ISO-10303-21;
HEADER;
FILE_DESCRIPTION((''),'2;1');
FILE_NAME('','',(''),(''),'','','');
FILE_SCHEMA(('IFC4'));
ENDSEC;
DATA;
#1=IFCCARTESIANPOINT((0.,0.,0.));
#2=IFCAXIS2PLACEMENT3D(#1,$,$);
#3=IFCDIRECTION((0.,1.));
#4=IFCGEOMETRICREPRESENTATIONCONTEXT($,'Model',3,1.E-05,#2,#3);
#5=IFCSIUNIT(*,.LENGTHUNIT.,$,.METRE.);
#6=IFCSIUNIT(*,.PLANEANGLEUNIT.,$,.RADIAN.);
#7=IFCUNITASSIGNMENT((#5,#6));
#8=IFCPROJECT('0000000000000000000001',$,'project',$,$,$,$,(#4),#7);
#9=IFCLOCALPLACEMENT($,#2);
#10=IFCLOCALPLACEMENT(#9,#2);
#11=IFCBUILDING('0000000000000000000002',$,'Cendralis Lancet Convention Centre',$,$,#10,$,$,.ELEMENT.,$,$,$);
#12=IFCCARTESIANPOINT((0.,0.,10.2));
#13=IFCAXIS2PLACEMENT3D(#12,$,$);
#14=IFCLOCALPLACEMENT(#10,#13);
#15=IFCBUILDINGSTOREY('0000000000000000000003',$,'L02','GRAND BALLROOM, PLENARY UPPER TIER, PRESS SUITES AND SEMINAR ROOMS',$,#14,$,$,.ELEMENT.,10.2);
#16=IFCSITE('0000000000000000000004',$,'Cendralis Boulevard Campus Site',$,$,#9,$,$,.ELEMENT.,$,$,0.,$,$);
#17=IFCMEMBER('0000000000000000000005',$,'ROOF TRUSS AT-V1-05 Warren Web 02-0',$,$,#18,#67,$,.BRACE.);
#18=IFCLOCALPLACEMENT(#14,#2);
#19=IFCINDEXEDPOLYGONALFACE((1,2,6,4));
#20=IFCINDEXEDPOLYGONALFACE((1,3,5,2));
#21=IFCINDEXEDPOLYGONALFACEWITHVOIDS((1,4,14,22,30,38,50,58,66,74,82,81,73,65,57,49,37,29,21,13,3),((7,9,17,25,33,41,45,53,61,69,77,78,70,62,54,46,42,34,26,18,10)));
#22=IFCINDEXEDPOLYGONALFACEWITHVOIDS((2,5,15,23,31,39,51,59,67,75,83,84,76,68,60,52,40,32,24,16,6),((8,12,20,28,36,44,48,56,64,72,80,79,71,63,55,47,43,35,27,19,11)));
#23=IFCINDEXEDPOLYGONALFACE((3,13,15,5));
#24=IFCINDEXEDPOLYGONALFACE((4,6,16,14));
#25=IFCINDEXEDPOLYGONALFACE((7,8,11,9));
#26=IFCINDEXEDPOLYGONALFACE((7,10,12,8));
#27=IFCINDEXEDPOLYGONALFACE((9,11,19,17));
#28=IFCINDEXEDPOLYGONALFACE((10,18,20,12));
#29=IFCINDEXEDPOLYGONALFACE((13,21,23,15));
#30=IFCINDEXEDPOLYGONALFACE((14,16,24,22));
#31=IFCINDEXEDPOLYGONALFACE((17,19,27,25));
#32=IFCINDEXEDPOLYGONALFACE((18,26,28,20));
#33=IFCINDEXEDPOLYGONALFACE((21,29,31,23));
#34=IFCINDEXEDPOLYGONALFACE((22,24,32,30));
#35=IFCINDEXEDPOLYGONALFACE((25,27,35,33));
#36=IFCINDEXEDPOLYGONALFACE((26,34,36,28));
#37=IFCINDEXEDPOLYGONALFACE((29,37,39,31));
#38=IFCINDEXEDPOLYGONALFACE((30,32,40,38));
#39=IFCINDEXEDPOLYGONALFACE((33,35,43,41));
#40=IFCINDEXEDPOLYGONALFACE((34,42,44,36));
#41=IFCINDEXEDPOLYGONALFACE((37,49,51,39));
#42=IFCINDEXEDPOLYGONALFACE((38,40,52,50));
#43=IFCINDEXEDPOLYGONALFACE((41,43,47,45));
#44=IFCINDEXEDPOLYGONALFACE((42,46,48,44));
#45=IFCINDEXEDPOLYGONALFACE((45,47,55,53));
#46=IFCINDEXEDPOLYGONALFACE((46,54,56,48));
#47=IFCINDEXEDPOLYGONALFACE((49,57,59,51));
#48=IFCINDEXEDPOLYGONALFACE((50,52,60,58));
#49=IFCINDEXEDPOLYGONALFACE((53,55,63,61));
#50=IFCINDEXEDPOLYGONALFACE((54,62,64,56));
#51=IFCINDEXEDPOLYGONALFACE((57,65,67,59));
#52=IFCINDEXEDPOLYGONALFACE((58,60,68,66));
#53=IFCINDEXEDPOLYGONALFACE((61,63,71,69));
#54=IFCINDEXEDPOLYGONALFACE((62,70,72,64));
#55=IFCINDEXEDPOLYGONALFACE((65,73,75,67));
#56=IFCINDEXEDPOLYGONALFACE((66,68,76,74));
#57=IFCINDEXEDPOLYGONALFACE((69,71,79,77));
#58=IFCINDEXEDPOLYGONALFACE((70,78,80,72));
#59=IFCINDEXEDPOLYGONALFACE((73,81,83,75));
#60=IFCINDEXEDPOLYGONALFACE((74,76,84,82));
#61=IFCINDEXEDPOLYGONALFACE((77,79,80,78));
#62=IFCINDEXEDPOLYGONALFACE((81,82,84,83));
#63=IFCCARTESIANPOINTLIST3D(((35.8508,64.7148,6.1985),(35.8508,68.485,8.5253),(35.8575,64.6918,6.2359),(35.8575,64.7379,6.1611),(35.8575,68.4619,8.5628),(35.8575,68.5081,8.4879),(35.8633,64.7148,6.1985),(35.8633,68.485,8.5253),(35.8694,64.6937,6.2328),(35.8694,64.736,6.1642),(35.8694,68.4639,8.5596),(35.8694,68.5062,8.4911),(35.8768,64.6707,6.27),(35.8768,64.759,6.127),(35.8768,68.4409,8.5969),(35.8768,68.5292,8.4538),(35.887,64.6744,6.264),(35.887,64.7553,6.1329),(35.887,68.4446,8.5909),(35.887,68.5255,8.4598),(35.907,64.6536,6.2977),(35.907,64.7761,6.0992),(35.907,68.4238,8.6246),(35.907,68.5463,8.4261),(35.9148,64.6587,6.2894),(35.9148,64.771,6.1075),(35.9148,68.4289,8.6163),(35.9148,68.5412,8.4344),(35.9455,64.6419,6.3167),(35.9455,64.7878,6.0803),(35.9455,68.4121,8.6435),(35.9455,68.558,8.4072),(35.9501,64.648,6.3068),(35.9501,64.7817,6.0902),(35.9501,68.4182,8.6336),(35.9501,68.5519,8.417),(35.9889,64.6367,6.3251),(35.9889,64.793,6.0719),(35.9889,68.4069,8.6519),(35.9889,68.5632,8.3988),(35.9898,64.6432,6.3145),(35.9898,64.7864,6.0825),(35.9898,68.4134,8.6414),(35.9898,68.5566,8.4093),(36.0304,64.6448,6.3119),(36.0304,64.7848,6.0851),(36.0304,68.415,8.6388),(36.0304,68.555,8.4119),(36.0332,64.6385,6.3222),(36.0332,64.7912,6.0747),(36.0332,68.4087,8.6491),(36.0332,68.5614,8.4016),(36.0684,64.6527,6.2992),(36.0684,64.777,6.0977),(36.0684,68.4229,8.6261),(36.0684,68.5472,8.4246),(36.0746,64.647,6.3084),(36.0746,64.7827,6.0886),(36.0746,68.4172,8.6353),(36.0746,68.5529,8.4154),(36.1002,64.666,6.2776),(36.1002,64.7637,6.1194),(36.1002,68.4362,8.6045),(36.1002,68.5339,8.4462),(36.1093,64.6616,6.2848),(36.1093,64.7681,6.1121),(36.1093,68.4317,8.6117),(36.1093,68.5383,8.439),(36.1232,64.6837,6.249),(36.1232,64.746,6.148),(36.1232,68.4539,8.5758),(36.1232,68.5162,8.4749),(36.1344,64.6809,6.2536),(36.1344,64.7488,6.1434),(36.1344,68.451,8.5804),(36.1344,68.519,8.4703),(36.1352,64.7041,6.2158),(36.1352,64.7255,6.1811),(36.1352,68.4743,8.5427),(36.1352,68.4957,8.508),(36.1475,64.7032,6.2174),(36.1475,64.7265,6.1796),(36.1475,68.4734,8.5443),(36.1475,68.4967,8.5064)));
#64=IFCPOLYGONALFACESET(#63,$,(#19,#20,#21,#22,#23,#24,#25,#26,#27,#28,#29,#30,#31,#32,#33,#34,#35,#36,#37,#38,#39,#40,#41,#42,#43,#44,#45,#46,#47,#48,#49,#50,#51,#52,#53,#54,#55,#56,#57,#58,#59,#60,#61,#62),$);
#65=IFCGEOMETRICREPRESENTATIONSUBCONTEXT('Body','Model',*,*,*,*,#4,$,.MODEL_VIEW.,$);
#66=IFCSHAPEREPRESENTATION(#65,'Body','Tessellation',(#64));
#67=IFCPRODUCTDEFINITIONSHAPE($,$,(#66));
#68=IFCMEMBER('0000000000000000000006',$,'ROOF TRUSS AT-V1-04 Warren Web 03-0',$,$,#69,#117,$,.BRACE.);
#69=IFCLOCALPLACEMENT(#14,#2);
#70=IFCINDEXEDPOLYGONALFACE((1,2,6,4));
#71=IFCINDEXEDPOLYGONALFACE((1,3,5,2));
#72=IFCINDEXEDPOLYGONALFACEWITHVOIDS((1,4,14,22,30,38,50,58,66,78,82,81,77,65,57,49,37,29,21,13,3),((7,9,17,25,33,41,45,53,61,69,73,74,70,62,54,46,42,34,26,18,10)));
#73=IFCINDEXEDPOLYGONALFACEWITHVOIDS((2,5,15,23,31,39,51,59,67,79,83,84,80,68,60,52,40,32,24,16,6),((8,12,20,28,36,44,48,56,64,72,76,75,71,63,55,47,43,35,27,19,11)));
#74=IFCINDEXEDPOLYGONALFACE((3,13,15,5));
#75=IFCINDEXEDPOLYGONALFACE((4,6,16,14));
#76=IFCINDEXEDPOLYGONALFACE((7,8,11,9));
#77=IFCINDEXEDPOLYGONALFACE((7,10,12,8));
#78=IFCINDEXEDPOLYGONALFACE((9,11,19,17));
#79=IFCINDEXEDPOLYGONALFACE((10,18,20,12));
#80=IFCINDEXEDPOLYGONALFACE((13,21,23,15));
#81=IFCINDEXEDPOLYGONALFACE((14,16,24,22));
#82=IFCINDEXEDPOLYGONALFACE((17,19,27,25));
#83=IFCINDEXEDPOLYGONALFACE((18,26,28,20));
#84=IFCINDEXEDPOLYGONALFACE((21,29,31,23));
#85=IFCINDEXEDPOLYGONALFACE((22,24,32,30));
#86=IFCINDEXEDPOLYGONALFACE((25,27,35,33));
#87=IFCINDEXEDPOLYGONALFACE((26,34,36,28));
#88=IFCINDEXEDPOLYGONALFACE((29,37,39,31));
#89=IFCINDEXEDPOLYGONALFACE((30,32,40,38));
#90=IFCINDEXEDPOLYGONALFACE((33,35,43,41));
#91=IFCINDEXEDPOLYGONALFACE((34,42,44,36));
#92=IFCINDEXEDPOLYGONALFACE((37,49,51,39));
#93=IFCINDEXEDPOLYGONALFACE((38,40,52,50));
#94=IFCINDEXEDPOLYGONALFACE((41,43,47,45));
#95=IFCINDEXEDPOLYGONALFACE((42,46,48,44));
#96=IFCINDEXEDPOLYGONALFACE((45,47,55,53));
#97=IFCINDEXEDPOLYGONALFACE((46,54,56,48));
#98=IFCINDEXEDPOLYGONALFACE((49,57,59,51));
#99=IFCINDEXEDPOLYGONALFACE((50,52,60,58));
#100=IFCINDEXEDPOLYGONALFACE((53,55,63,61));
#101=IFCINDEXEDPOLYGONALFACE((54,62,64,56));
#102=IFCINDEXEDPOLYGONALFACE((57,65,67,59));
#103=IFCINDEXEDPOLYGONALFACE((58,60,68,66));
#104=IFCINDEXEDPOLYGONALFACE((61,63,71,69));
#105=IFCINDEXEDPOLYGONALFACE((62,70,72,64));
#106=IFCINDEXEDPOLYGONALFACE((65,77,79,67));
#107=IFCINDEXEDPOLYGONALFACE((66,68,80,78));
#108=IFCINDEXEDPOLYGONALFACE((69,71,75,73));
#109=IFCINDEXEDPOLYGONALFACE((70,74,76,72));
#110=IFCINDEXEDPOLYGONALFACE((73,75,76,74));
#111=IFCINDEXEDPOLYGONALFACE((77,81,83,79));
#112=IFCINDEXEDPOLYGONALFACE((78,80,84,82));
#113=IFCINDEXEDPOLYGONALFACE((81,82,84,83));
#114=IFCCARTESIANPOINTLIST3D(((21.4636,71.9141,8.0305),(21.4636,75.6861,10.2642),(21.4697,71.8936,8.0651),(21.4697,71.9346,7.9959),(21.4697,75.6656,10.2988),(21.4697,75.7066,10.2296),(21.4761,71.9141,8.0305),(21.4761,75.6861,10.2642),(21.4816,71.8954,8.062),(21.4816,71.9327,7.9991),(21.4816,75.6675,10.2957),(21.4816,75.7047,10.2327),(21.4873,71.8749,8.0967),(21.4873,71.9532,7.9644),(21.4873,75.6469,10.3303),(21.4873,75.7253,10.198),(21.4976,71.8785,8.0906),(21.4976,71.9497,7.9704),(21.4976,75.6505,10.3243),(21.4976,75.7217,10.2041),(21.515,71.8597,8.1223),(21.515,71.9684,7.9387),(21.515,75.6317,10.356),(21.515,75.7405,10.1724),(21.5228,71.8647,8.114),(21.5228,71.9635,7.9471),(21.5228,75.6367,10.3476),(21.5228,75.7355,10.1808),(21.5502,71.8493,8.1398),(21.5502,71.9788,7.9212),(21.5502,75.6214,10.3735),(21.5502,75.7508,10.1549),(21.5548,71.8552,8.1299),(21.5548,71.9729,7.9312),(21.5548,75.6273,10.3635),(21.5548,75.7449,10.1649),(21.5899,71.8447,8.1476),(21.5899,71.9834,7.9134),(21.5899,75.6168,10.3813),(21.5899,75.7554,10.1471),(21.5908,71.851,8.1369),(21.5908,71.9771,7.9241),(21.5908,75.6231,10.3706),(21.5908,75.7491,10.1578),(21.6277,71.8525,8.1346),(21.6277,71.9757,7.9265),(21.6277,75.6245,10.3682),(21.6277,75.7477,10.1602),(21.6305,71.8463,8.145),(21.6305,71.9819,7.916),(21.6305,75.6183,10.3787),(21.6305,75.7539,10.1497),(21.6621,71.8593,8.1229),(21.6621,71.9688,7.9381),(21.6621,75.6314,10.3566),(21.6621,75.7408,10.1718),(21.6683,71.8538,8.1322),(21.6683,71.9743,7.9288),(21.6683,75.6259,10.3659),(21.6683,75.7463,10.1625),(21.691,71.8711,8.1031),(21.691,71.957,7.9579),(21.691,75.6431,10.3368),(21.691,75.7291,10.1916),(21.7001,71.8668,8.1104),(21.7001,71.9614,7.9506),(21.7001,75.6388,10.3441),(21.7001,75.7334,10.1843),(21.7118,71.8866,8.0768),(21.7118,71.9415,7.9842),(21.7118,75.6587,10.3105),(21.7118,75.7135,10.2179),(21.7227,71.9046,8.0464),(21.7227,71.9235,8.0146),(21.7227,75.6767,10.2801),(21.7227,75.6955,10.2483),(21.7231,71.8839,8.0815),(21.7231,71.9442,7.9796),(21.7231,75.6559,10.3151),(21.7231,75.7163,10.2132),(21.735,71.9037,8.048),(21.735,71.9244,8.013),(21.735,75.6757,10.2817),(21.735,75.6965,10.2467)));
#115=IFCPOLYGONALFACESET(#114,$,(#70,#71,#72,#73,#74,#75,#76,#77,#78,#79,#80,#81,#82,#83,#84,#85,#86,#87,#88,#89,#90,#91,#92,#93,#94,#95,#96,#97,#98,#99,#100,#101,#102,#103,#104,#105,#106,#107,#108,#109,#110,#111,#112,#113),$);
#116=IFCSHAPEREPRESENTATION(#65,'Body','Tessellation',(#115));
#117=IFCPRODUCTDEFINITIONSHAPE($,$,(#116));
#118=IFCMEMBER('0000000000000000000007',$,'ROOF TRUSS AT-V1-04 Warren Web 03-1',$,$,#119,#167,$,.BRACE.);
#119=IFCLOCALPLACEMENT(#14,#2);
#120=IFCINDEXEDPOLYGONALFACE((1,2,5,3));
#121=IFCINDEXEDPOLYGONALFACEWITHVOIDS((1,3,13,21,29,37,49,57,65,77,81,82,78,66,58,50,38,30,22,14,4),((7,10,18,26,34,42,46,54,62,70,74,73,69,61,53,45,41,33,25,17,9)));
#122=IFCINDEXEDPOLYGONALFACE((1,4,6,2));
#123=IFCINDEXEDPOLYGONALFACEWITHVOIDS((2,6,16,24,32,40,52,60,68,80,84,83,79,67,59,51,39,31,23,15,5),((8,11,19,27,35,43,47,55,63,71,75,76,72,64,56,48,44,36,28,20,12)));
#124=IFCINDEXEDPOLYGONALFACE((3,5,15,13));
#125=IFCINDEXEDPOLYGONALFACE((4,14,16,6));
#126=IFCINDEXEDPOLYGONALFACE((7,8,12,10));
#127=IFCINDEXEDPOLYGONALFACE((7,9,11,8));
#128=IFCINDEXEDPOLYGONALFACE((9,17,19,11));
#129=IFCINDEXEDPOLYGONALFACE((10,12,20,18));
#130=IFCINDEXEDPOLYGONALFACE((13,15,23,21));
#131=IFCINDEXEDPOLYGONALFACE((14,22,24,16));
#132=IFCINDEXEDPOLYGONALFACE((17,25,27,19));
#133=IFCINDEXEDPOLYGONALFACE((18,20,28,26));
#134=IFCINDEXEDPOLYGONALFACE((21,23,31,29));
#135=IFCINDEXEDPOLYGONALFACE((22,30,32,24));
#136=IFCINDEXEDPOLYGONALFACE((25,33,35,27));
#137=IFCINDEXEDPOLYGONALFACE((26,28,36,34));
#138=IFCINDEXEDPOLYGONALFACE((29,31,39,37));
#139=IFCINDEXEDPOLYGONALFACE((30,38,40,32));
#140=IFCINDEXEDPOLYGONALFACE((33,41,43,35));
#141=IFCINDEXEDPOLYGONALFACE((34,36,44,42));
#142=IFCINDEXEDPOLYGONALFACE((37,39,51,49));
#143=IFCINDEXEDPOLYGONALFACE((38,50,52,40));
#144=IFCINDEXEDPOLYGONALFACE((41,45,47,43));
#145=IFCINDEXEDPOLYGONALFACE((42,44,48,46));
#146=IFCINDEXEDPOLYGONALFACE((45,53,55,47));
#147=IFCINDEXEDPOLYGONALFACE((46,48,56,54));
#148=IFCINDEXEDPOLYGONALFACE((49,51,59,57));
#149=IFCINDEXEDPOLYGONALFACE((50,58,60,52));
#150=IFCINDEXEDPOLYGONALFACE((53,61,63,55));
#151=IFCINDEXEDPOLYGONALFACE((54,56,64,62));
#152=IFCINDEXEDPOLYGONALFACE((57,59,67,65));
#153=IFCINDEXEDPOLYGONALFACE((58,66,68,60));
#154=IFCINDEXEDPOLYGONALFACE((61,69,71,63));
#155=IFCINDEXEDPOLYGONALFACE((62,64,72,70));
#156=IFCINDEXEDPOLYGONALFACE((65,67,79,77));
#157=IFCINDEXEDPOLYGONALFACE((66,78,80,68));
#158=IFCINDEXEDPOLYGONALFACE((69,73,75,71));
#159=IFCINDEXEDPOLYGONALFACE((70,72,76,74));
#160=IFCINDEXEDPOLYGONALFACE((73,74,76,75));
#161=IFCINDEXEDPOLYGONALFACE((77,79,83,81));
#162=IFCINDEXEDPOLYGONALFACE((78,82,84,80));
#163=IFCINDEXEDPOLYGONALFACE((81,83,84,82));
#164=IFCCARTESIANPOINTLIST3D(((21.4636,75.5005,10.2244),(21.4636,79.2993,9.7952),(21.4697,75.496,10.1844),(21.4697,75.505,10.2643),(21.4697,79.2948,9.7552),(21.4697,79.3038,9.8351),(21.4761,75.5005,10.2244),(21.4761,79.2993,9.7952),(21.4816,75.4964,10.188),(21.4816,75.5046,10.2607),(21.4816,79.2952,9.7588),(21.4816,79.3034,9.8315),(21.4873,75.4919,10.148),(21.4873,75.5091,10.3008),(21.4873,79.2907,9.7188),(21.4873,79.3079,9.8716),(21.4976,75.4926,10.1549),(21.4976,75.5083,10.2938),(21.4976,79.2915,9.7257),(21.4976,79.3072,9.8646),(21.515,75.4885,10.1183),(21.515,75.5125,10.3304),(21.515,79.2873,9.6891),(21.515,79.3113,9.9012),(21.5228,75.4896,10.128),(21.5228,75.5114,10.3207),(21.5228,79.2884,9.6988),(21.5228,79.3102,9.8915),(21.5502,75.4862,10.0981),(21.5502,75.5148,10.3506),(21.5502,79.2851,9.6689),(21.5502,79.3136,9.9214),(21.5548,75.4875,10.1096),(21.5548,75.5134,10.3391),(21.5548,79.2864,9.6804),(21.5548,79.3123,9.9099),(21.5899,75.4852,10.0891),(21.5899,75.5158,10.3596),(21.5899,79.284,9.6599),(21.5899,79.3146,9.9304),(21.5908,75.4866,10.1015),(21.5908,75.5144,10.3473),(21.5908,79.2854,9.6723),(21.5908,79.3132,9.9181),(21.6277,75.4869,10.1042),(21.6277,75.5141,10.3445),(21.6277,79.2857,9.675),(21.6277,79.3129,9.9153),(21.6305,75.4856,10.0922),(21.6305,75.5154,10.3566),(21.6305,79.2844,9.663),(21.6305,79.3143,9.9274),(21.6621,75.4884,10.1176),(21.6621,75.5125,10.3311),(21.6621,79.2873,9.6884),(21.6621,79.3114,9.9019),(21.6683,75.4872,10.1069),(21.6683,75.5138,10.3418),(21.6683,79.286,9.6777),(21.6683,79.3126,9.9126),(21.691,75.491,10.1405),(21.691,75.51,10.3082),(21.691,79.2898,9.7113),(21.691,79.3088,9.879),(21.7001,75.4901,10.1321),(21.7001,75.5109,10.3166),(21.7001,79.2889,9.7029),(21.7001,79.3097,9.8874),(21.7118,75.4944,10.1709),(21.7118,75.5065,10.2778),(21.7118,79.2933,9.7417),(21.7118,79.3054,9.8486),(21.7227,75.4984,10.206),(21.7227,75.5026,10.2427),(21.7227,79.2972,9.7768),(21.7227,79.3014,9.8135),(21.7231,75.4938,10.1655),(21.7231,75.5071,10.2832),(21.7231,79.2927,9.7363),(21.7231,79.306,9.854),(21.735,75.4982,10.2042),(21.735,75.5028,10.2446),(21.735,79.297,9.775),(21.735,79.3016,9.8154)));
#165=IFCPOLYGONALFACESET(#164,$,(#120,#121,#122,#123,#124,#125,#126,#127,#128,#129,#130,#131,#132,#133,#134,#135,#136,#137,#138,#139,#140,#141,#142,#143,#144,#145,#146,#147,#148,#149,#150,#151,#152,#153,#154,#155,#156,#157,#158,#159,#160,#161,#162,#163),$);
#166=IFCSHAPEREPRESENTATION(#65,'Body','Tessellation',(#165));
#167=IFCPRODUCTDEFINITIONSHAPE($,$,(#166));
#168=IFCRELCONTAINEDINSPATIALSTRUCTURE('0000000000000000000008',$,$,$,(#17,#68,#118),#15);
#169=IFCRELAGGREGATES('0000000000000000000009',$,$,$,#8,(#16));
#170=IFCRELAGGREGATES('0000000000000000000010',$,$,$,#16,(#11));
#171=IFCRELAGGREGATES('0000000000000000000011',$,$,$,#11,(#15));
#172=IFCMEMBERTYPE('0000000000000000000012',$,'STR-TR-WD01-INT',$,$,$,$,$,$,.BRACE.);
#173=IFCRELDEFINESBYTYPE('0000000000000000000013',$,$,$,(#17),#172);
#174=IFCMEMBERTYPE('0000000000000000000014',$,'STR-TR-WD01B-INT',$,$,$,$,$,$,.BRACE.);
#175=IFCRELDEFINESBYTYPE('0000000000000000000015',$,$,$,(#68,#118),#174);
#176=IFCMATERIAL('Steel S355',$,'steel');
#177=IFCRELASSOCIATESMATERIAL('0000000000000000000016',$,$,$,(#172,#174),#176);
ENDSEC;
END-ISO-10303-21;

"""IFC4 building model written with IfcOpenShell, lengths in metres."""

from ifc_helpers import new_model, si_unit, direction, frame, origin, origin_2d, place, context, subcontext, project, spatial, hollow_circle, extrude, material, material_profile, profile_set, type_object, element, save


model = new_model("IFC4")

# Units and contexts
model_context = context("Model", 3, precision=1e-05, world=origin(), true_north=direction((0.0, 1.0)))
body_context = subcontext(model_context, "Body", "Model", "MODEL_VIEW")
ifc_project = project(units=[si_unit("LENGTHUNIT", "METRE"), si_unit("PLANEANGLEUNIT", "RADIAN")], contexts=[model_context])

# Site, building, storey
site_placement = place(None, origin())
site = spatial("IfcSite", under=ifc_project, at=site_placement, Name="Cendralis Boulevard Campus Site", CompositionType="ELEMENT", RefElevation=0.0)
building_placement = place(site_placement, origin())
building = spatial("IfcBuilding", under=site, at=building_placement, Name="Cendralis Lancet Convention Centre", CompositionType="ELEMENT")
storey_placement = place(building_placement, frame((0.0, 0.0, 10.2)))
storey = spatial("IfcBuildingStorey", under=building, at=storey_placement, Name="L02", Description="GRAND BALLROOM, PLENARY UPPER TIER, PRESS SUITES AND SEMINAR ROOMS", CompositionType="ELEMENT", Elevation=10.2)

# Members
ifc_material = material(Name="Steel S355", Category="steel")
ifc_material_profile_1 = material_profile(ifc_material, hollow_circle(Radius=0.1492, WallThickness=0.0125, at=origin_2d()), Name="CHS 298.5x12.5")
ifc_profile_set_1 = profile_set([ifc_material_profile_1], Name="Steel S355")
member_type_1 = type_object("IfcMemberType", Name="STR-TR-WD01-INT", PredefinedType="BRACE", material=ifc_profile_set_1)
member_1_placement = place(storey_placement, frame((36.0, 64.7148, 6.1985), z_axis=(0.0, 0.850978, 0.525201), x_axis=(-1.0, 0.0, 0.0)))
element("IfcMember", 1, at=member_1_placement, inside=storey, type_object=member_type_1, Name="ROOF TRUSS AT-V1-05 Warren Web 02-0", PredefinedType="BRACE", context=body_context, shape_type="SweptSolid", body=[
    extrude(hollow_circle(Radius=0.1492, WallThickness=0.0125, at=origin_2d()), origin(), (0.0, 0.0, 1.0), 4.4304),
])
ifc_material_profile_2 = material_profile(ifc_material, hollow_circle(Radius=0.1365, WallThickness=0.0125, at=origin_2d()), Name="CHS 273.0x12.5")
ifc_profile_set_2 = profile_set([ifc_material_profile_2], Name="Steel S355")
member_type_2 = type_object("IfcMemberType", Name="STR-TR-WD01B-INT", PredefinedType="BRACE", material=ifc_profile_set_2)
member_2_placement = place(storey_placement, frame((21.6001, 71.9141, 8.0305), z_axis=(0.0, 0.860452, 0.509532), x_axis=(-1.0, 0.0, 0.0)))
element("IfcMember", 2, at=member_2_placement, inside=storey, type_object=member_type_2, Name="ROOF TRUSS AT-V1-04 Warren Web 03-0", PredefinedType="BRACE", context=body_context, shape_type="SweptSolid", body=[
    extrude(hollow_circle(Radius=0.1365, WallThickness=0.0125, at=origin_2d()), origin(), (0.0, 0.0, 1.0), 4.3838),
])
member_3_placement = place(storey_placement, frame((21.6001, 75.5005, 10.2244), z_axis=(0.0, 0.993678, -0.112268), x_axis=(-1.0, 0.0, 0.0)))
element("IfcMember", 3, at=member_3_placement, inside=storey, type_object=member_type_2, Name="ROOF TRUSS AT-V1-04 Warren Web 03-1", PredefinedType="BRACE", context=body_context, shape_type="SweptSolid", body=[
    extrude(hollow_circle(Radius=0.1365, WallThickness=0.0125, at=origin_2d()), origin(), (0.0, 0.0, 1.0), 3.823),
])

save(model, "model.ifc")
